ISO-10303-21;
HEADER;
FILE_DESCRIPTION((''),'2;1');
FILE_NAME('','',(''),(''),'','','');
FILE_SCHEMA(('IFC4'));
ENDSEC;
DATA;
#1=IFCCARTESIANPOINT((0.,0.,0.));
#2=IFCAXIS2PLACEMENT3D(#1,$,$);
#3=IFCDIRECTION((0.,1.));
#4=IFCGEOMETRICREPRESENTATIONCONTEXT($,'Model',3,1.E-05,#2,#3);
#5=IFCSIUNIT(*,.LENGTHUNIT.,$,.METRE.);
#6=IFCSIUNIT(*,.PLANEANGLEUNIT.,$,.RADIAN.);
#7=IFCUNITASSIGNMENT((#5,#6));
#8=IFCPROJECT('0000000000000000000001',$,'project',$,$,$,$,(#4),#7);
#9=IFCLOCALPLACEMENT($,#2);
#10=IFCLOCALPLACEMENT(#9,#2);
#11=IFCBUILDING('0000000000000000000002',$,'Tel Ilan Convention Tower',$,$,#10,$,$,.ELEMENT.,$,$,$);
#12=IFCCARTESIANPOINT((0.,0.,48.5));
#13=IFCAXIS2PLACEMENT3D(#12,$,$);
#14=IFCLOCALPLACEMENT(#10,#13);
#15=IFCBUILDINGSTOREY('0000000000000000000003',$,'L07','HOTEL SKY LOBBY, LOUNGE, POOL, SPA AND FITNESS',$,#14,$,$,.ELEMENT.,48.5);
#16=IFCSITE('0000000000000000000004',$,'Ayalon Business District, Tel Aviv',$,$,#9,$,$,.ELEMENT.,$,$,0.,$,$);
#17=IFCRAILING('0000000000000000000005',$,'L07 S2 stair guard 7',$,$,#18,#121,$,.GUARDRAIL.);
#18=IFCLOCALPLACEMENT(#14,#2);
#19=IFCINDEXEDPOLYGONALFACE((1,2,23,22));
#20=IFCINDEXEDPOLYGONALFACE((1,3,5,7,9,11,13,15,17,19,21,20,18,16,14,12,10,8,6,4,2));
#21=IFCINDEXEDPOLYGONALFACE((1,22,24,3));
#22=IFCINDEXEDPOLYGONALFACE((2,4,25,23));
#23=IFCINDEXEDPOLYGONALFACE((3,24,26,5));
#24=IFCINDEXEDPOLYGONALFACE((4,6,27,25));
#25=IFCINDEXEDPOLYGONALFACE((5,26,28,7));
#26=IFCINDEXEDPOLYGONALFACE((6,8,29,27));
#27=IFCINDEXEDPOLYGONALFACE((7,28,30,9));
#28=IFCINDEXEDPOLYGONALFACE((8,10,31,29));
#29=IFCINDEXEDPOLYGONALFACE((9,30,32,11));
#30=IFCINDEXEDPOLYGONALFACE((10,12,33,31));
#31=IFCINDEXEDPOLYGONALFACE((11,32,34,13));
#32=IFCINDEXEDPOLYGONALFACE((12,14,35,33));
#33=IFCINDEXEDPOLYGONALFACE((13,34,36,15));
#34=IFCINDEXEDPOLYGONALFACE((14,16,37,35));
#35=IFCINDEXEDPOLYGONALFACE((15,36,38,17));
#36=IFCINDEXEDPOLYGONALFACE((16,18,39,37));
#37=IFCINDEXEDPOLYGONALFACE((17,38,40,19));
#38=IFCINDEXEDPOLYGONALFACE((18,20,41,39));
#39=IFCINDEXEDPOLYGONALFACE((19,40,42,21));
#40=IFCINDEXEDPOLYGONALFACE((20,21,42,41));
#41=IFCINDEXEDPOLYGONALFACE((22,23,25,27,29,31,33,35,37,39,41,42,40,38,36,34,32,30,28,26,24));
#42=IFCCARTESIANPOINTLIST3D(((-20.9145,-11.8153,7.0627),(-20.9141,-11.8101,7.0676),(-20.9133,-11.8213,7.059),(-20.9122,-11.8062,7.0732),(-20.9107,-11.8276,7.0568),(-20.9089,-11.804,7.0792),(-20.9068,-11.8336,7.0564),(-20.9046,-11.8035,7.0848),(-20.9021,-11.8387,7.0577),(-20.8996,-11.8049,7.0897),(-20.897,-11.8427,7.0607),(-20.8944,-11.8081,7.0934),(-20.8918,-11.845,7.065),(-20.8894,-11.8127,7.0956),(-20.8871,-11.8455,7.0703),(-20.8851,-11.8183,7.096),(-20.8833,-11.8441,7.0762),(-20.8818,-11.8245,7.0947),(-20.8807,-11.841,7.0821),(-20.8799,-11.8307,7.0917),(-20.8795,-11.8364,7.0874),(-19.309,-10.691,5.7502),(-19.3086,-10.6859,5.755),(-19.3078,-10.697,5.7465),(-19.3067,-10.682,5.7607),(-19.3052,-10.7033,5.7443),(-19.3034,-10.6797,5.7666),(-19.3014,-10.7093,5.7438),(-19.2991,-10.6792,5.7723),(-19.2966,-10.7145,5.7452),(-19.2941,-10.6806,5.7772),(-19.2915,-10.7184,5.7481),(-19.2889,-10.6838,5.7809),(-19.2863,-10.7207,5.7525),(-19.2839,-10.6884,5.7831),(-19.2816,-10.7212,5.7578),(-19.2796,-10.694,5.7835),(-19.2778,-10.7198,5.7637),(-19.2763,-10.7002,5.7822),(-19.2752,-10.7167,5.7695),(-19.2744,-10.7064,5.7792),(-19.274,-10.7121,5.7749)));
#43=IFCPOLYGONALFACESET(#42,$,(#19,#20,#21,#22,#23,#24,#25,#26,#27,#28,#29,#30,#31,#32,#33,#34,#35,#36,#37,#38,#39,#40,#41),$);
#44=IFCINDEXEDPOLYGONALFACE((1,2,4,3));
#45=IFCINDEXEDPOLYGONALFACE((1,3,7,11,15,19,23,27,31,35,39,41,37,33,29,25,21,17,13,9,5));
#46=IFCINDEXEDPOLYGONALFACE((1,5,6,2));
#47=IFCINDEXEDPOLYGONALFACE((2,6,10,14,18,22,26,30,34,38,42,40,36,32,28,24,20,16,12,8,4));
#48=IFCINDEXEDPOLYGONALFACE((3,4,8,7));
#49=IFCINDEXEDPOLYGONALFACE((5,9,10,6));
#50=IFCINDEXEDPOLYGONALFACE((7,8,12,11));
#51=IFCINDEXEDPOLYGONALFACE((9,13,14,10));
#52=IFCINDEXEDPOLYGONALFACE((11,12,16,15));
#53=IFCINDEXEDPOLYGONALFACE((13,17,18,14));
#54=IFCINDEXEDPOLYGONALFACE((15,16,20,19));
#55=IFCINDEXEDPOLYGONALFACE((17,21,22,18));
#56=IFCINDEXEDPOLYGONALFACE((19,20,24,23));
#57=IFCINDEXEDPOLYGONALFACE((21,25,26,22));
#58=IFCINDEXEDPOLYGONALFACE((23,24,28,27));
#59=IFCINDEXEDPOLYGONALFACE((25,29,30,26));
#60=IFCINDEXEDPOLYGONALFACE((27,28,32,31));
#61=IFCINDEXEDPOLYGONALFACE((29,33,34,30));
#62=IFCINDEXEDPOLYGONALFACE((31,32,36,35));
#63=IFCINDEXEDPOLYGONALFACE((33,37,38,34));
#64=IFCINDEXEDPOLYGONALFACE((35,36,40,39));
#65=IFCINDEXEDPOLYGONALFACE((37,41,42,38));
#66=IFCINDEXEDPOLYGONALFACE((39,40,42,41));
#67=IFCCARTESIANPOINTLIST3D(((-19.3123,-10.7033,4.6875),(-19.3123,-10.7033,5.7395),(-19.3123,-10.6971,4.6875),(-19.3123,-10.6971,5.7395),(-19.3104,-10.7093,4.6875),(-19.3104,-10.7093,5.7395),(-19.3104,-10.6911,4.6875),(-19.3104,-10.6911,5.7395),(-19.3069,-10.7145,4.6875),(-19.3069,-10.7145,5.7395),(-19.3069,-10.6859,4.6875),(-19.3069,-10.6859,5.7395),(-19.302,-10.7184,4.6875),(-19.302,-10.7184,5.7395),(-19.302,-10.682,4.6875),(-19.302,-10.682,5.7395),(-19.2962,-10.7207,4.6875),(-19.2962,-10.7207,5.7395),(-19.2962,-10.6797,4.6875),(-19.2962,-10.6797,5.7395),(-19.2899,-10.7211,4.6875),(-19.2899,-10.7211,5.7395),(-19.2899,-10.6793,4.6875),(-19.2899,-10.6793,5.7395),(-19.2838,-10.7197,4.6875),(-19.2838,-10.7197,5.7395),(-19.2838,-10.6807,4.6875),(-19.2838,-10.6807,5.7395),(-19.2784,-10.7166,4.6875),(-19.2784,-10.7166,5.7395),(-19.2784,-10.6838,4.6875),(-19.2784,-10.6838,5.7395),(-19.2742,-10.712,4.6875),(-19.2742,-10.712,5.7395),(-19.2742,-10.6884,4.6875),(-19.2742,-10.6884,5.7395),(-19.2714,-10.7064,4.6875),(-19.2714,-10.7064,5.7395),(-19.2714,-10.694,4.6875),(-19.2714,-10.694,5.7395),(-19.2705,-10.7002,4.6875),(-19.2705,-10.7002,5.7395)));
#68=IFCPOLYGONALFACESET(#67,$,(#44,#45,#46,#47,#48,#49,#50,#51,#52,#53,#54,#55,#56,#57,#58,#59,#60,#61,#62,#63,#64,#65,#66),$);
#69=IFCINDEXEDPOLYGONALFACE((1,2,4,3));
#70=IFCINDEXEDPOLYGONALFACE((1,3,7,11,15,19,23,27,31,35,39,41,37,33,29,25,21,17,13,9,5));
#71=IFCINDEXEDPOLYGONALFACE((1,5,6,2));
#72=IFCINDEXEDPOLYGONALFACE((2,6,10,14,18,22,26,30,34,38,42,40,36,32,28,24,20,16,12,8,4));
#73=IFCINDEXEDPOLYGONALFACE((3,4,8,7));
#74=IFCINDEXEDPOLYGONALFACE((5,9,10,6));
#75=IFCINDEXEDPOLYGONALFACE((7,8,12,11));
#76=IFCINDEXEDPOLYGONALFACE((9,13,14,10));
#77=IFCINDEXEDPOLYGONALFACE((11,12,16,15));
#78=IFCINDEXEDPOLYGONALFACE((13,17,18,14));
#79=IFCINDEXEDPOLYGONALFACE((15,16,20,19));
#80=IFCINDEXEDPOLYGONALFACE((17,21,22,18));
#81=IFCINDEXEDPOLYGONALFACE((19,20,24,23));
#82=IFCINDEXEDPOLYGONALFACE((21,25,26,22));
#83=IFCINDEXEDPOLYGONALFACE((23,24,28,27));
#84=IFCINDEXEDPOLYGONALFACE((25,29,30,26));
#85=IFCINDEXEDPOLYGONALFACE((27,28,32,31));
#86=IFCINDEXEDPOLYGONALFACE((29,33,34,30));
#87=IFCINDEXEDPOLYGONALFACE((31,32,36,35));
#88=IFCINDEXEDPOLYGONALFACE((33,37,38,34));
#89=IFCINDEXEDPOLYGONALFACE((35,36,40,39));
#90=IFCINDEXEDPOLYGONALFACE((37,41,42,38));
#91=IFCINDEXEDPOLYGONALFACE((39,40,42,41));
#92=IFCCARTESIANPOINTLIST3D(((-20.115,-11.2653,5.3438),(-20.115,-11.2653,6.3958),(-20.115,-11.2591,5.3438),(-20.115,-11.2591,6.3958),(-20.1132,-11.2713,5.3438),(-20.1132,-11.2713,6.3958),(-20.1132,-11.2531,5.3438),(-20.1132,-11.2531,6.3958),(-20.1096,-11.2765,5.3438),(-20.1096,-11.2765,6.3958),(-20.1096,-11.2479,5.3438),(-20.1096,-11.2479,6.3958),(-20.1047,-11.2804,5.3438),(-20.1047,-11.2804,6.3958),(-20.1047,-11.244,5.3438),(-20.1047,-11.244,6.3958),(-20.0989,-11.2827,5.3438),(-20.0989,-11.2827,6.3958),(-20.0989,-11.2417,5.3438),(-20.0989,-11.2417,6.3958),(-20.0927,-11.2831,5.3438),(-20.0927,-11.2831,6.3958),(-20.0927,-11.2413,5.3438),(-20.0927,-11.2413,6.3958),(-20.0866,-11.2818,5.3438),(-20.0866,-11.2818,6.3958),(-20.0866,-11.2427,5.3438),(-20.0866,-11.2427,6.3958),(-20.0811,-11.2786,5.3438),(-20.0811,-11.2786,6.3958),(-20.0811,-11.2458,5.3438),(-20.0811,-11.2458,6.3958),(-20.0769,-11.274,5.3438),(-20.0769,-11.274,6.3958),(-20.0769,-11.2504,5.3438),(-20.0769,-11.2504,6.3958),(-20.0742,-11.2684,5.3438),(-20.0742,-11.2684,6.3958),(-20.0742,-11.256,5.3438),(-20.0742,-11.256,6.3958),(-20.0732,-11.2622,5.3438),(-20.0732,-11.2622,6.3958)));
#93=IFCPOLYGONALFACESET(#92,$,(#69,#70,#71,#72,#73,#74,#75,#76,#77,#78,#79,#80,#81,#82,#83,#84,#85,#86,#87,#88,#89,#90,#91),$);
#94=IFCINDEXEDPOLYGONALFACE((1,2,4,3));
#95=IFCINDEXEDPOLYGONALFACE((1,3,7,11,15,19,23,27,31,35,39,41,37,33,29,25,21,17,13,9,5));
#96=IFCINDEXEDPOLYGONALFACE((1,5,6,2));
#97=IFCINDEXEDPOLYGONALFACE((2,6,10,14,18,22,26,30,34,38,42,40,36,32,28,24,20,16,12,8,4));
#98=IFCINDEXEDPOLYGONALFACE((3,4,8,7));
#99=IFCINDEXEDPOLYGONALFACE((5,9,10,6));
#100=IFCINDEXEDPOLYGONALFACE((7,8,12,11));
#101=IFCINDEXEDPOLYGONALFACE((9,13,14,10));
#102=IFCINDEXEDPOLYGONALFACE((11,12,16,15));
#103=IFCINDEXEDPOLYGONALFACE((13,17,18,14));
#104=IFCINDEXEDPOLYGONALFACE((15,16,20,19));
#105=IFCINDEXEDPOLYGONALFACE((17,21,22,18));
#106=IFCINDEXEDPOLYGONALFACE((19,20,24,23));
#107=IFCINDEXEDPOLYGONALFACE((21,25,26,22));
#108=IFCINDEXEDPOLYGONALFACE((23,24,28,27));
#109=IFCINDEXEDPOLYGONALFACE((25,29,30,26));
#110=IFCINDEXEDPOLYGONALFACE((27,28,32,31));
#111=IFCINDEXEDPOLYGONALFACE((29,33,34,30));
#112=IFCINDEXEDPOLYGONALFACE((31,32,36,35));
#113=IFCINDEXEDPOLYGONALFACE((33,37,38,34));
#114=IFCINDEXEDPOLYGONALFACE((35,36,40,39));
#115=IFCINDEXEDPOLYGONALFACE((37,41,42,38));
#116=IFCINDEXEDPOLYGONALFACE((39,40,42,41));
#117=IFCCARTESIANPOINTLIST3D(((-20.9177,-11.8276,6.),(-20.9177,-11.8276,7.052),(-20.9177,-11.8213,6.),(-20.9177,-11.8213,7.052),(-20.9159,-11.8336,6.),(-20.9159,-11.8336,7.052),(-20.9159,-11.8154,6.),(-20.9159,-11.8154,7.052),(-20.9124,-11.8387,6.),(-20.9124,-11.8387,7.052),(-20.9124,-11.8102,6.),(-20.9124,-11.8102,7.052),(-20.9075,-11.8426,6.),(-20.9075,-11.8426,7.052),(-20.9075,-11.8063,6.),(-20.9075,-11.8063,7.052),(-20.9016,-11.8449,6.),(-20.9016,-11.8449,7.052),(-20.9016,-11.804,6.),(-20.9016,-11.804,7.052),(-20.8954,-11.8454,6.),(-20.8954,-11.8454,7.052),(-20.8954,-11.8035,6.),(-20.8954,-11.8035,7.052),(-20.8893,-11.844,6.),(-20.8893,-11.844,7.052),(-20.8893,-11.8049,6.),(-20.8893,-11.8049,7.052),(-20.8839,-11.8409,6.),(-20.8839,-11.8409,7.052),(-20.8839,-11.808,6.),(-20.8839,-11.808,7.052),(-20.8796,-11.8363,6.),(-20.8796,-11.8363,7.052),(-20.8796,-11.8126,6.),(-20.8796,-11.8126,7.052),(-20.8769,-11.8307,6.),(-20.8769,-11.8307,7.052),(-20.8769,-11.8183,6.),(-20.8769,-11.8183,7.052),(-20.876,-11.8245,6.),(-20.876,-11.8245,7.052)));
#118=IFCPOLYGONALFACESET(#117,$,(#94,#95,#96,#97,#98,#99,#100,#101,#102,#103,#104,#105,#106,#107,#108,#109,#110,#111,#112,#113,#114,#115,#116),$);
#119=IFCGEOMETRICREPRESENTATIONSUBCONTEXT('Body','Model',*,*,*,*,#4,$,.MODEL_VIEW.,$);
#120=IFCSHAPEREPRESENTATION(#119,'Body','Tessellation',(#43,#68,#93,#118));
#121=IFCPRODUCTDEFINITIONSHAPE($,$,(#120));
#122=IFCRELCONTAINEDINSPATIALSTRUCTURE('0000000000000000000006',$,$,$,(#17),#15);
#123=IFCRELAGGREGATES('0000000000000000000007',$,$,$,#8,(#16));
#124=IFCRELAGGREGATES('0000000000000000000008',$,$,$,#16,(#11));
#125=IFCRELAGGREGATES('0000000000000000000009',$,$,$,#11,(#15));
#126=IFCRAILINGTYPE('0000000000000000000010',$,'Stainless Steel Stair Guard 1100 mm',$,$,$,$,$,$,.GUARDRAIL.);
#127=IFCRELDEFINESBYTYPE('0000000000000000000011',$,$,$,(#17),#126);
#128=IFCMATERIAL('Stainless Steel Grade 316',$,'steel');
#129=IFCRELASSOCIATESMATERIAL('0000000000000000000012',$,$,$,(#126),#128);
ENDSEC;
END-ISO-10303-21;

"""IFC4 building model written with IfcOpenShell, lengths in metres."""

from ifc_helpers import new_model, si_unit, direction, frame, origin, origin_2d, place, context, subcontext, project, spatial, circle, extrude, material, type_object, element, save


model = new_model("IFC4")

# Units and contexts
model_context = context("Model", 3, precision=1e-05, world=origin(), true_north=direction((0.0, 1.0)))
body_context = subcontext(model_context, "Body", "Model", "MODEL_VIEW")
ifc_project = project(units=[si_unit("LENGTHUNIT", "METRE"), si_unit("PLANEANGLEUNIT", "RADIAN")], contexts=[model_context])

# Site, building, storey
site_placement = place(None, origin())
site = spatial("IfcSite", under=ifc_project, at=site_placement, Name="Ayalon Business District, Tel Aviv", CompositionType="ELEMENT", RefElevation=0.0)
building_placement = place(site_placement, origin())
building = spatial("IfcBuilding", under=site, at=building_placement, Name="Tel Ilan Convention Tower", CompositionType="ELEMENT")
storey_placement = place(building_placement, frame((0.0, 0.0, 48.5)))
storey = spatial("IfcBuildingStorey", under=building, at=storey_placement, Name="L07", Description="HOTEL SKY LOBBY, LOUNGE, POOL, SPA AND FITNESS", CompositionType="ELEMENT", Elevation=48.5)

# Railing
ifc_material_1 = material(Name="Stainless Steel Grade 316", Category="steel")
railing_type_1 = type_object("IfcRailingType", Name="Stainless Steel Stair Guard 1100 mm", PredefinedType="GUARDRAIL", material=ifc_material_1)
railing_1_placement = place(storey_placement, frame((-19.2915, -10.7002, 4.6875)))
element("IfcRailing", 1, at=railing_1_placement, inside=storey, type_object=railing_type_1, Name="L07 S2 stair guard 7", PredefinedType="GUARDRAIL", context=body_context, shape_type="SweptSolid", body=[
    extrude(circle(Radius=0.0239, at=origin_2d()), frame((0.0, 0.0, 1.0762), z_axis=(-0.680616, -0.476617, 0.556416), x_axis=(0.573613, -0.819127, 0.0)), (0.0, 0.0, 1.0), 2.3589),
    extrude(circle(Radius=0.021, at=origin_2d()), origin(), (0.0, 0.0, 1.0), 1.052),
    extrude(circle(Radius=0.021, at=origin_2d()), frame((-0.8027, -0.562, 0.6562)), (0.0, 0.0, 1.0), 1.052),
    extrude(circle(Radius=0.021, at=origin_2d()), frame((-1.6055, -1.1243, 1.3125)), (0.0, 0.0, 1.0), 1.052),
])

save(model, "model.ifc")
